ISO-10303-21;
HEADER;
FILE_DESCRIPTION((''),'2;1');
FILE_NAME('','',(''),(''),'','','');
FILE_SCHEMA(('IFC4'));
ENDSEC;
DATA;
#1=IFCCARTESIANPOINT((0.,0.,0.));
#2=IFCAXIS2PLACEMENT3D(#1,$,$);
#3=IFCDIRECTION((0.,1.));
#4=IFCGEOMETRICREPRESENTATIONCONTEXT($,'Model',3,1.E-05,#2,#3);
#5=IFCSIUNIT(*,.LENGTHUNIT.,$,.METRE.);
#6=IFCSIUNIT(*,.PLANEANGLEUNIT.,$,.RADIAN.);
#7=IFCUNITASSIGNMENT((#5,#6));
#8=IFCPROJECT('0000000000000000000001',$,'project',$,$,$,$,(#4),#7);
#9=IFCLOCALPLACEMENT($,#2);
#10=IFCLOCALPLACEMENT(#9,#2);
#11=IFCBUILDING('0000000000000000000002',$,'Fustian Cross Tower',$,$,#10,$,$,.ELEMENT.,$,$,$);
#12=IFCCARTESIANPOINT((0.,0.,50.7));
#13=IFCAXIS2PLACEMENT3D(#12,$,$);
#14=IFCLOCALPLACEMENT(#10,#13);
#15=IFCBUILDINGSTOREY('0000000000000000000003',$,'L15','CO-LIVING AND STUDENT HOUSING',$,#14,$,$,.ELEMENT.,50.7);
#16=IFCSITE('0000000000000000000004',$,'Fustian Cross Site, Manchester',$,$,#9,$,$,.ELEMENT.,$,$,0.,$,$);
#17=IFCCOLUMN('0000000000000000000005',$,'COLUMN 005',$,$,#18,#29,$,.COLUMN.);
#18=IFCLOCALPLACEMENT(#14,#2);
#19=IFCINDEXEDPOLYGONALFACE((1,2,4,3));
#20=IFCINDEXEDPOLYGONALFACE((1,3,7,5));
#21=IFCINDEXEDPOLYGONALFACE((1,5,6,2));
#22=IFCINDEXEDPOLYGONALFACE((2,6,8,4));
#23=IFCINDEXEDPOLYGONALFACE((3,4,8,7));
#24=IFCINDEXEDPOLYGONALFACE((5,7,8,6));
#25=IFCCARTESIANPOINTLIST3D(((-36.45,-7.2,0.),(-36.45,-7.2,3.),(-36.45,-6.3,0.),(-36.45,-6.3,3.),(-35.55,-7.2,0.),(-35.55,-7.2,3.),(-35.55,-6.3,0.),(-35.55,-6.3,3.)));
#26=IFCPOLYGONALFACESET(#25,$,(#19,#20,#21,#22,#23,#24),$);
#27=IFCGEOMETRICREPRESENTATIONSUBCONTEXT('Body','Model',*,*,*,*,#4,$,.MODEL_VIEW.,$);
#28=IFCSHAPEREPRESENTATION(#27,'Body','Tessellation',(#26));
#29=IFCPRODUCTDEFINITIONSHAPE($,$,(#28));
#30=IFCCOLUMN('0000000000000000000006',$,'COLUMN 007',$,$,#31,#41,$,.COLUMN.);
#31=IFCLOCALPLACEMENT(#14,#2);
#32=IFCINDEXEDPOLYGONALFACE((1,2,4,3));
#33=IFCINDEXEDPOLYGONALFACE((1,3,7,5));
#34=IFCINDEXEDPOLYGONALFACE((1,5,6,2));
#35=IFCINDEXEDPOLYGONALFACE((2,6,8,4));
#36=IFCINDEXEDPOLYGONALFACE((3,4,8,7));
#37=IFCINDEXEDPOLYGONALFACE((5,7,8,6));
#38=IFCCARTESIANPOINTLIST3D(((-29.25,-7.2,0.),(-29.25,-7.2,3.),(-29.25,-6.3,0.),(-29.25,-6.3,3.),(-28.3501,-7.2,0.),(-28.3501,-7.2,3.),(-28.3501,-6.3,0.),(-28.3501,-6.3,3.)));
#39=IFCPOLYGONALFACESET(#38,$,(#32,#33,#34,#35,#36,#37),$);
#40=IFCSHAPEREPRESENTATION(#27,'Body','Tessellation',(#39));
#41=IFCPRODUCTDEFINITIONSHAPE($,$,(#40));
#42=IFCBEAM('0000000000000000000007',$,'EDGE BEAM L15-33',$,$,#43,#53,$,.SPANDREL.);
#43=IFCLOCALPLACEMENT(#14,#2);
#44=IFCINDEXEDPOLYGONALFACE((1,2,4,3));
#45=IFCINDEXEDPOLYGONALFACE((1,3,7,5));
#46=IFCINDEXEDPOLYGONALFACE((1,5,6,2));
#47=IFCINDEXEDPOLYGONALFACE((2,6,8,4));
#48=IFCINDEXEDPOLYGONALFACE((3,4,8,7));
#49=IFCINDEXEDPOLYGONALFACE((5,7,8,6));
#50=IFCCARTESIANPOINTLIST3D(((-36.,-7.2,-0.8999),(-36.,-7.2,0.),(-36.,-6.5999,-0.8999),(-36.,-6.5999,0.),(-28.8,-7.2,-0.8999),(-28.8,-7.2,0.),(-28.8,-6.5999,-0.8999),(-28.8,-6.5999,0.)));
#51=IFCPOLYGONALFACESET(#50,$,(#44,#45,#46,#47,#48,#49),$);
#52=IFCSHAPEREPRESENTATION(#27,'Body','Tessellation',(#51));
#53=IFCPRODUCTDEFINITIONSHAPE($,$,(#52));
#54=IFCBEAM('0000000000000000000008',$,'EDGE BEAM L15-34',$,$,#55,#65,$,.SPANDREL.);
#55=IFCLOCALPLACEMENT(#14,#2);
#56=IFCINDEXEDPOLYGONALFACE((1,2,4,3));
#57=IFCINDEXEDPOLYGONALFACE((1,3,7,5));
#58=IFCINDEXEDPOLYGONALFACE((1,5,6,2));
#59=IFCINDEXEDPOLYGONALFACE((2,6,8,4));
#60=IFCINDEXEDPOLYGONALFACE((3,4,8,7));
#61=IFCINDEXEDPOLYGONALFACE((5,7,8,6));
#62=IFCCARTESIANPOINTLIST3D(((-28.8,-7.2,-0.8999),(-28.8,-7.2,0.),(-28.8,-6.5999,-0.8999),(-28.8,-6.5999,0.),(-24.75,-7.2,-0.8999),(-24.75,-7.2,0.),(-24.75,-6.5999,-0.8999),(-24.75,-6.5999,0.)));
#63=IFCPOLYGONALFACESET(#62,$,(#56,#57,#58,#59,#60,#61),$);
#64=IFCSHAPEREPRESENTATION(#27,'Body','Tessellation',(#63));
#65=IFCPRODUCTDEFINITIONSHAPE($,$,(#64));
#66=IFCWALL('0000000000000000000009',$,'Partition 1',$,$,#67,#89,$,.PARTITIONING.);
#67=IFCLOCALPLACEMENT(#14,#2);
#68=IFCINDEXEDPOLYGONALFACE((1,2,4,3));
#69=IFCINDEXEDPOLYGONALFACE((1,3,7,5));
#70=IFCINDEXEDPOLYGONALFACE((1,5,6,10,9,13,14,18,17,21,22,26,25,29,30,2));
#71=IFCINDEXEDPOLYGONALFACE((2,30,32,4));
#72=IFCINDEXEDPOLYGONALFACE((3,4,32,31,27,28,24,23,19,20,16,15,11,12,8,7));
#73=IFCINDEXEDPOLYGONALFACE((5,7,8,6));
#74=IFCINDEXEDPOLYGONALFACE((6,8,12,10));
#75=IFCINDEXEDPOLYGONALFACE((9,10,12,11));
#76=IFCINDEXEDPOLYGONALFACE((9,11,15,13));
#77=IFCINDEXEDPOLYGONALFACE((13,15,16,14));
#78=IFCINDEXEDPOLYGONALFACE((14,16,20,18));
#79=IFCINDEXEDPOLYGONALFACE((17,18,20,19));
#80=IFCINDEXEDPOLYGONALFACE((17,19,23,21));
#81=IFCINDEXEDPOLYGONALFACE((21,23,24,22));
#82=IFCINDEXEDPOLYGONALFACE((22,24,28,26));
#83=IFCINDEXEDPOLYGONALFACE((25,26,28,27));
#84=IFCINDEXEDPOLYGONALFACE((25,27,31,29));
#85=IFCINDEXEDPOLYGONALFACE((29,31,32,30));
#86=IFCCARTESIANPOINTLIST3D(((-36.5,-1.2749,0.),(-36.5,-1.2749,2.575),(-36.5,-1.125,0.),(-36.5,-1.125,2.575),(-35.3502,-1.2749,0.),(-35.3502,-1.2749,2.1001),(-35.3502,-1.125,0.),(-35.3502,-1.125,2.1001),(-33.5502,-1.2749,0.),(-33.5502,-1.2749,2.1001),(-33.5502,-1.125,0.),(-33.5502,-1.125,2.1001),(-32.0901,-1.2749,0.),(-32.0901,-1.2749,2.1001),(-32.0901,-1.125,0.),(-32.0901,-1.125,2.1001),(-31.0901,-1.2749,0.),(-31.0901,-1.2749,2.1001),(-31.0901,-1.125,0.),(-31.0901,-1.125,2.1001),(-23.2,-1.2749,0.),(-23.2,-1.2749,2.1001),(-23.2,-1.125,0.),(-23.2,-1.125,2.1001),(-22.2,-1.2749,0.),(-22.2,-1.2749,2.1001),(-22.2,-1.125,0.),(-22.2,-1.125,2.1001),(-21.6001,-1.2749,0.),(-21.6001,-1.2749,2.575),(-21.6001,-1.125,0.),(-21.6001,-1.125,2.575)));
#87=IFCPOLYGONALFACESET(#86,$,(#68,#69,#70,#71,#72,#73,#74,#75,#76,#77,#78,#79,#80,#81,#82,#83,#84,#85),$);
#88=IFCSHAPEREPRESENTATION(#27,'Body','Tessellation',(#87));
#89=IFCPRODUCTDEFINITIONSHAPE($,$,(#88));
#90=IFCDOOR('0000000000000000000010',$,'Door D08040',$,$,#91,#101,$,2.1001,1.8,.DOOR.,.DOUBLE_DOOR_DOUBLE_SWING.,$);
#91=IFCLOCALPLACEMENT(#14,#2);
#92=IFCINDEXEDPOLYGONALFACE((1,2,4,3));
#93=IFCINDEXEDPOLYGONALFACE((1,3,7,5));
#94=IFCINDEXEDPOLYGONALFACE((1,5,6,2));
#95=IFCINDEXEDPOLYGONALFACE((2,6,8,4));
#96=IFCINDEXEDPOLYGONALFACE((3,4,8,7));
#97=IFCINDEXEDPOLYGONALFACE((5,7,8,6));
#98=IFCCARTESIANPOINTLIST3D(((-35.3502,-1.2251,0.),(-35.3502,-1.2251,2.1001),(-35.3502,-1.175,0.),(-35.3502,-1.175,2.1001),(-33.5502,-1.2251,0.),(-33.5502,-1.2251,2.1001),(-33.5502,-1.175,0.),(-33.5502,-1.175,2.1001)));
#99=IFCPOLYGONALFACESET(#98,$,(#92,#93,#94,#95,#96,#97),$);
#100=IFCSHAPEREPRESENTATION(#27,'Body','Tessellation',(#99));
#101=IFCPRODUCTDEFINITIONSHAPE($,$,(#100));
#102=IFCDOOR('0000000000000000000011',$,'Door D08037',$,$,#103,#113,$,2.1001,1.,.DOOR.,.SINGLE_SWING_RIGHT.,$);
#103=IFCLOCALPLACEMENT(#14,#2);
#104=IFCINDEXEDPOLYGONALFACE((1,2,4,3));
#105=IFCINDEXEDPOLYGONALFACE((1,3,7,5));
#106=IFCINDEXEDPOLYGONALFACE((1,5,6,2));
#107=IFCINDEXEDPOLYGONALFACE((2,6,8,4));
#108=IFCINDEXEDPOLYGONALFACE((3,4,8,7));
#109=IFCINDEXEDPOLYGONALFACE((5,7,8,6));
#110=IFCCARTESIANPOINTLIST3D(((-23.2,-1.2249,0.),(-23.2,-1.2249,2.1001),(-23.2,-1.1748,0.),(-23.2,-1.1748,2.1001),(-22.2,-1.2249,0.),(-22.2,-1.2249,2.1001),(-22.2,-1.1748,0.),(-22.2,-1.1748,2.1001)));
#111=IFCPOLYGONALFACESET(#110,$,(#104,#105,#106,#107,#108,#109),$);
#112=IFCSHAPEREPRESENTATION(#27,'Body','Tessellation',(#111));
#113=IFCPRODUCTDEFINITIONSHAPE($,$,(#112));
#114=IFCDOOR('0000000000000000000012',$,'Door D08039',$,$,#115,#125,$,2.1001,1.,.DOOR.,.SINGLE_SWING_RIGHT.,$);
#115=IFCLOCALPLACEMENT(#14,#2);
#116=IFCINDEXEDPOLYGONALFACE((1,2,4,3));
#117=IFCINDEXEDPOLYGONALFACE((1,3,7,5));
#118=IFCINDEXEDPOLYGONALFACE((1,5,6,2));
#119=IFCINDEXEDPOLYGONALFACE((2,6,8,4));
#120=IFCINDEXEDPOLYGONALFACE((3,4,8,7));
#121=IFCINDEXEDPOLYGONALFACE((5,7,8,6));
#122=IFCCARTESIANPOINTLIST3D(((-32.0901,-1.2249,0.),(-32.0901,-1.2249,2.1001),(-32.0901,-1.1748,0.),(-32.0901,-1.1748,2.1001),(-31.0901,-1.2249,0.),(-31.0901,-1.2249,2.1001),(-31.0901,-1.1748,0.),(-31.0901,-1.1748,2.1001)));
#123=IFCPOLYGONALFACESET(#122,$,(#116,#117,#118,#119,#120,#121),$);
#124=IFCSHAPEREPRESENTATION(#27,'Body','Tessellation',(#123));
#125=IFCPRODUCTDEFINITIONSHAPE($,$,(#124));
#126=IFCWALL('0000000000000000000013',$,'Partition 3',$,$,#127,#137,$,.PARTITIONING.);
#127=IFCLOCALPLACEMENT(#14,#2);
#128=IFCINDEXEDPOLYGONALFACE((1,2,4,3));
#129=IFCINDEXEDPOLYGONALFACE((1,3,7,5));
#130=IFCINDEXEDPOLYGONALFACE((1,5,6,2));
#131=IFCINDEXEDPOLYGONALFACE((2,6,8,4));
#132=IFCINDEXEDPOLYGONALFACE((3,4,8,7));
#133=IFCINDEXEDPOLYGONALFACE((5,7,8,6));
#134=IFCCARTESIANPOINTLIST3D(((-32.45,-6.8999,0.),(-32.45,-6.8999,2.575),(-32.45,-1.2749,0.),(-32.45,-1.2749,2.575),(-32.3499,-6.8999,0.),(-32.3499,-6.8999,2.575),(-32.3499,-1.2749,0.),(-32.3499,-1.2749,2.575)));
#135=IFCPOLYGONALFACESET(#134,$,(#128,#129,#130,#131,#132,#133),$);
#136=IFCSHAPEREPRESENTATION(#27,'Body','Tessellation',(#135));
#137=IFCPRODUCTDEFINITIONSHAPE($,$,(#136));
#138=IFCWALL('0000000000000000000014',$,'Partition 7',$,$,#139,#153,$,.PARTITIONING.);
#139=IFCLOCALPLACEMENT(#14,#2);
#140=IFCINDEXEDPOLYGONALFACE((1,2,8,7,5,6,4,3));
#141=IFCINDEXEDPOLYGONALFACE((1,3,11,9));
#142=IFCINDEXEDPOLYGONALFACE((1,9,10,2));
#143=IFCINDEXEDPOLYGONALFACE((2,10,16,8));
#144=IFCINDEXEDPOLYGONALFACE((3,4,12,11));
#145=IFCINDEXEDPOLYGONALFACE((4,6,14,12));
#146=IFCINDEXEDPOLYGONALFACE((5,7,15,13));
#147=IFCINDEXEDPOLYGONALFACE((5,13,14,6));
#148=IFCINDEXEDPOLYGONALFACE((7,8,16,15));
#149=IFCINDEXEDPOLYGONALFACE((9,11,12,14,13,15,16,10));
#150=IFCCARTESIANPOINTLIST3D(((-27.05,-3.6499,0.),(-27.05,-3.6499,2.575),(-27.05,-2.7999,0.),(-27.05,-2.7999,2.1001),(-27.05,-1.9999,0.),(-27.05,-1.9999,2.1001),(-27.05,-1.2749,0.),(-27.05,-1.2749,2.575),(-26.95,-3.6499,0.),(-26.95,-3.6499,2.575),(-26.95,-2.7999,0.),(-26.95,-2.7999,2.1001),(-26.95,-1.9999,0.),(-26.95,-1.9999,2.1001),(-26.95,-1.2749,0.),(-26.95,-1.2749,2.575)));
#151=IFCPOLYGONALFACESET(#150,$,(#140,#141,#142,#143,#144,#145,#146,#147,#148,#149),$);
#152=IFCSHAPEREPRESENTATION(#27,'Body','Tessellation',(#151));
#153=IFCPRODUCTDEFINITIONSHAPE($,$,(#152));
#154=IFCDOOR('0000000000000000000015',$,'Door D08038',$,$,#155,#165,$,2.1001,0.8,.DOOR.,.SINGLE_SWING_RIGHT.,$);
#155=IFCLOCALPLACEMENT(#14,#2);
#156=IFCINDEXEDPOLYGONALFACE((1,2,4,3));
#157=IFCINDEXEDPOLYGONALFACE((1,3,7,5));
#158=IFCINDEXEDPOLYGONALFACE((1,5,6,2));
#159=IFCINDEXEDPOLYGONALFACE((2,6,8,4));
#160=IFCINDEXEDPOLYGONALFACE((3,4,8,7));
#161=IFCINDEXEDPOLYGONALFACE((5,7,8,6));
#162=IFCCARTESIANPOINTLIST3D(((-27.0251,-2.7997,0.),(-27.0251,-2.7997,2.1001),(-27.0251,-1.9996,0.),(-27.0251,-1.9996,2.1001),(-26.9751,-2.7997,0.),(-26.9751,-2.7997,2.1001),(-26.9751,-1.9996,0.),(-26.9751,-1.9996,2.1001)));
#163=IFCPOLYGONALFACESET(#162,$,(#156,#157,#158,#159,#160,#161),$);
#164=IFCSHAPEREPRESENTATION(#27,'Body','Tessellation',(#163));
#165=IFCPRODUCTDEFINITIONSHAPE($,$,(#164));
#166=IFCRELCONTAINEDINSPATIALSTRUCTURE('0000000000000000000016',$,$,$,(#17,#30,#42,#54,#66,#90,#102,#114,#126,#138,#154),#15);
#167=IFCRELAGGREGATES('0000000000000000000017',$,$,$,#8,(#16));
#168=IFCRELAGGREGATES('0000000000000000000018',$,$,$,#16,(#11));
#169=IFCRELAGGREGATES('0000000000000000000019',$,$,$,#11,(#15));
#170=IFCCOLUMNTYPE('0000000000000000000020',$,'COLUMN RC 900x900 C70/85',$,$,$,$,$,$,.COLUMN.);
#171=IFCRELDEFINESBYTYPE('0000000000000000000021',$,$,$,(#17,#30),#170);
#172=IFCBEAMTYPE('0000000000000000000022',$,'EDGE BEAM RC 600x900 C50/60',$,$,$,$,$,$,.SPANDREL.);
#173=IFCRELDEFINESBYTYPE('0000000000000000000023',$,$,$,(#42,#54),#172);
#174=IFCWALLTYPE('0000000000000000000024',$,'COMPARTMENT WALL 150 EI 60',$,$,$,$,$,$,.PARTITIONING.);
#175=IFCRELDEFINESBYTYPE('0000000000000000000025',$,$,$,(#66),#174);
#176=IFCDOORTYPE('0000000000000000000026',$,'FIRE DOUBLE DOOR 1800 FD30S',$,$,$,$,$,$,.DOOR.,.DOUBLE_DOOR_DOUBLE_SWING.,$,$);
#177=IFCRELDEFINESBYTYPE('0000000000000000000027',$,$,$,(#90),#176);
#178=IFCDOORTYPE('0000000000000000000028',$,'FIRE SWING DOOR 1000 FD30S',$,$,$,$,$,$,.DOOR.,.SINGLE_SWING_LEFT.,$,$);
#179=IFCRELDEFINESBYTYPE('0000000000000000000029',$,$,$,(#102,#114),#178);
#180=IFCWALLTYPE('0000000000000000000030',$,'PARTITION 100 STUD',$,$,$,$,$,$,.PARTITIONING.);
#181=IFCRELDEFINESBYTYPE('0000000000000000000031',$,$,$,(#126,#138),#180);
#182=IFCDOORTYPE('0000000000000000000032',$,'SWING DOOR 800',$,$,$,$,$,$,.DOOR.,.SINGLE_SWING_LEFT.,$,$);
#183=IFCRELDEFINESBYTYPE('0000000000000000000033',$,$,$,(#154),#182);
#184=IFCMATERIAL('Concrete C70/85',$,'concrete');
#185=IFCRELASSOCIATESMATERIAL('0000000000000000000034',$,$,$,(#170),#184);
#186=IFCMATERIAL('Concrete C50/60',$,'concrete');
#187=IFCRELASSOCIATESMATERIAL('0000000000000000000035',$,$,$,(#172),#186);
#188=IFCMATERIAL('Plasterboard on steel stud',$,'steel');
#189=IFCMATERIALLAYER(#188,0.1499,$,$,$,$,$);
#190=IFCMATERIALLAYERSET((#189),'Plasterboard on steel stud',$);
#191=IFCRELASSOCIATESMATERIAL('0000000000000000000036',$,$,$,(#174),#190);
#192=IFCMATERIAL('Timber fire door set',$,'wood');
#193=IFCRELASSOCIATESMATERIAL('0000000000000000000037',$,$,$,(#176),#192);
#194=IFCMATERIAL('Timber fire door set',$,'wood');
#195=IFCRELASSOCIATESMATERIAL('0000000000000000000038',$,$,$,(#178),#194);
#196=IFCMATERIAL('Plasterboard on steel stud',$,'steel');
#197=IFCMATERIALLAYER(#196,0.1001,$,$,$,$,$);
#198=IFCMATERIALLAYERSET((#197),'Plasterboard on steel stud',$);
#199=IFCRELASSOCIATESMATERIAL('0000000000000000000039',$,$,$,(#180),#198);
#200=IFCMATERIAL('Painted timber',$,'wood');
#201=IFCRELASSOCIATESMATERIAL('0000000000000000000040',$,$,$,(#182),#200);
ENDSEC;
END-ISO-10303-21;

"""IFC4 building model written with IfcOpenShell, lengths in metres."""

from ifc_helpers import new_model, si_unit, direction, frame, frame_2d, origin, origin_2d, place, context, subcontext, project, spatial, rectangle, extrude, material, layer, layer_set, material_profile, profile_set, type_object, element, fill, save


model = new_model("IFC4")

# Units and contexts
model_context = context("Model", 3, precision=1e-05, world=origin(), true_north=direction((0.0, 1.0)))
body_context = subcontext(model_context, "Body", "Model", "MODEL_VIEW")
ifc_project = project(units=[si_unit("LENGTHUNIT", "METRE"), si_unit("PLANEANGLEUNIT", "RADIAN")], contexts=[model_context])

# Site, building, storey
site_placement = place(None, origin())
site = spatial("IfcSite", under=ifc_project, at=site_placement, Name="Fustian Cross Site, Manchester", CompositionType="ELEMENT", RefElevation=0.0)
building_placement = place(site_placement, origin())
building = spatial("IfcBuilding", under=site, at=building_placement, Name="Fustian Cross Tower", CompositionType="ELEMENT")
storey_placement = place(building_placement, frame((0.0, 0.0, 50.7)))
storey = spatial("IfcBuildingStorey", under=building, at=storey_placement, Name="L15", Description="CO-LIVING AND STUDENT HOUSING", CompositionType="ELEMENT", Elevation=50.7)

# Columns
ifc_material_1 = material(Name="Concrete C70/85", Category="concrete")
ifc_material_profile_1 = material_profile(ifc_material_1, rectangle(XDim=0.8999, YDim=0.8999, at=origin_2d()), Name="RC 900x900")
ifc_profile_set_1 = profile_set([ifc_material_profile_1], Name="Concrete C70/85")
column_type = type_object("IfcColumnType", Name="COLUMN RC 900x900 C70/85", PredefinedType="COLUMN", material=ifc_profile_set_1)
for number, where, z_axis, x_axis, name in (
    (1, (-36.0, -6.75, 0.0), (0.0, 0.0, 1.0), (1.0, 0.0, 0.0), "COLUMN 005"),
    (2, (-28.8, -6.75, 0.0), (0.0, 0.0, 1.0), (1.0, 0.0, 0.0), "COLUMN 007"),
):
    element("IfcColumn", number, at=place(storey_placement, frame(where, z_axis=z_axis, x_axis=x_axis)), inside=storey, type_object=column_type, Name=name, PredefinedType="COLUMN", context=body_context, shape_type="SweptSolid", body=[
        extrude(rectangle(XDim=0.8999, YDim=0.8999, at=origin_2d()), origin(), (0.0, 0.0, 1.0), 3.0),
    ])

# Beams
ifc_material_2 = material(Name="Concrete C50/60", Category="concrete")
ifc_material_profile_2 = material_profile(ifc_material_2, rectangle(XDim=0.6001, YDim=0.8999, at=origin_2d()), Name="RC 600x900")
ifc_profile_set_2 = profile_set([ifc_material_profile_2], Name="Concrete C50/60")
beam_type = type_object("IfcBeamType", Name="EDGE BEAM RC 600x900 C50/60", PredefinedType="SPANDREL", material=ifc_profile_set_2)
beam_1_placement = place(storey_placement, frame((-36.0, -6.8999, -0.45), z_axis=(1.0, 0.0, 0.0), x_axis=(0.0, 1.0, 0.0)))
element("IfcBeam", 3, at=beam_1_placement, inside=storey, type_object=beam_type, Name="EDGE BEAM L15-33", PredefinedType="SPANDREL", context=body_context, shape_type="SweptSolid", body=[
    extrude(rectangle(XDim=0.6001, YDim=0.8999, at=origin_2d()), origin(), (0.0, 0.0, 1.0), 7.2),
])
beam_2_placement = place(storey_placement, frame((-28.8, -6.8999, -0.45), z_axis=(1.0, 0.0, 0.0), x_axis=(0.0, 1.0, 0.0)))
element("IfcBeam", 4, at=beam_2_placement, inside=storey, type_object=beam_type, Name="EDGE BEAM L15-34", PredefinedType="SPANDREL", context=body_context, shape_type="SweptSolid", body=[
    extrude(rectangle(XDim=0.6001, YDim=0.8999, at=origin_2d()), origin(), (0.0, 0.0, 1.0), 4.05),
])

# Wall, openings, doors
ifc_material_3 = material(Name="Plasterboard on steel stud", Category="steel")
ifc_layer_1 = layer(ifc_material_3, 0.1499)
ifc_layer_set_1 = layer_set([ifc_layer_1], Name="Plasterboard on steel stud")
wall_type_1 = type_object("IfcWallType", Name="COMPARTMENT WALL 150 EI 60", PredefinedType="PARTITIONING", material=ifc_layer_set_1)
wall_1_placement = place(storey_placement, frame((-36.5, -1.2, 0.0), z_axis=(0.0, 0.0, 1.0), x_axis=(1.0, 0.0, 0.0)))
wall_1 = element("IfcWall", 5, at=wall_1_placement, inside=storey, type_object=wall_type_1, Name="Partition 1", PredefinedType="PARTITIONING", context=body_context, shape_type="SweptSolid", body=[
    extrude(rectangle(XDim=14.8999, YDim=0.1499, at=frame_2d((7.45, 0.0))), origin(), (0.0, 0.0, 1.0), 2.575),
])
opening_1_placement = place(wall_1_placement, frame((13.3, 0.0, 0.0)))
opening_1 = element("IfcOpeningElement", 6, at=opening_1_placement, cuts=wall_1, PredefinedType="OPENING", context=body_context, shape_type="SweptSolid", body=[
    extrude(rectangle(XDim=1.0, YDim=2.1001, at=frame_2d((0.5, 1.05))), frame((0.0, 0.085, 0.0), z_axis=(0.0, -1.0, 0.0), x_axis=(1.0, 0.0, 0.0)), (0.0, 0.0, 1.0), 0.1699),
])
opening_2_placement = place(wall_1_placement, frame((4.4099, 0.0, 0.0)))
opening_2 = element("IfcOpeningElement", 7, at=opening_2_placement, cuts=wall_1, PredefinedType="OPENING", context=body_context, shape_type="SweptSolid", body=[
    extrude(rectangle(XDim=1.0, YDim=2.1001, at=frame_2d((0.5, 1.05))), frame((0.0, 0.085, 0.0), z_axis=(0.0, -1.0, 0.0), x_axis=(1.0, 0.0, 0.0)), (0.0, 0.0, 1.0), 0.1699),
])
opening_3_placement = place(wall_1_placement, frame((1.1499, 0.0, 0.0)))
opening_3 = element("IfcOpeningElement", 8, at=opening_3_placement, cuts=wall_1, PredefinedType="OPENING", context=body_context, shape_type="SweptSolid", body=[
    extrude(rectangle(XDim=1.8, YDim=2.1001, at=frame_2d((0.8999, 1.05))), frame((0.0, 0.085, 0.0), z_axis=(0.0, -1.0, 0.0), x_axis=(1.0, 0.0, 0.0)), (0.0, 0.0, 1.0), 0.1699),
])
ifc_material_4 = material(Name="Timber fire door set", Category="wood")
door_type_1 = type_object("IfcDoorType", Name="FIRE DOUBLE DOOR 1800 FD30S", OperationType="DOUBLE_DOOR_DOUBLE_SWING", PredefinedType="DOOR", material=ifc_material_4)
door_1_placement = place(opening_3_placement, origin())
door_1 = element("IfcDoor", 9, at=door_1_placement, inside=storey, type_object=door_type_1, Name="Door D08040", OperationType="DOUBLE_DOOR_DOUBLE_SWING", OverallHeight=2.1001, OverallWidth=1.8, PredefinedType="DOOR", context=body_context, shape_type="SweptSolid", body=[
    extrude(rectangle(XDim=1.8, YDim=2.1001, at=frame_2d((0.8999, 1.05))), frame((0.0, 0.0249, 0.0), z_axis=(0.0, -1.0, 0.0), x_axis=(1.0, 0.0, 0.0)), (0.0, 0.0, 1.0), 0.05),
])
fill(opening_3, door_1)
ifc_material_5 = material(Name="Timber fire door set", Category="wood")
door_type_2 = type_object("IfcDoorType", Name="FIRE SWING DOOR 1000 FD30S", OperationType="SINGLE_SWING_LEFT", PredefinedType="DOOR", material=ifc_material_5)
door_2_placement = place(opening_1_placement, frame((1.0, 0.0, 0.0), z_axis=(0.0, 0.0, 1.0), x_axis=(-1.0, 0.0, 0.0)))
door_2 = element("IfcDoor", 10, at=door_2_placement, inside=storey, type_object=door_type_2, Name="Door D08037", OperationType="SINGLE_SWING_RIGHT", OverallHeight=2.1001, OverallWidth=1.0, PredefinedType="DOOR", context=body_context, shape_type="SweptSolid", body=[
    extrude(rectangle(XDim=1.0, YDim=2.1001, at=frame_2d((0.5, 1.05))), frame((0.0, 0.0249, 0.0), z_axis=(0.0, -1.0, 0.0), x_axis=(1.0, 0.0, 0.0)), (0.0, 0.0, 1.0), 0.05),
])
fill(opening_1, door_2)
door_3_placement = place(opening_2_placement, frame((1.0, 0.0, 0.0), z_axis=(0.0, 0.0, 1.0), x_axis=(-1.0, 0.0, 0.0)))
door_3 = element("IfcDoor", 11, at=door_3_placement, inside=storey, type_object=door_type_2, Name="Door D08039", OperationType="SINGLE_SWING_RIGHT", OverallHeight=2.1001, OverallWidth=1.0, PredefinedType="DOOR", context=body_context, shape_type="SweptSolid", body=[
    extrude(rectangle(XDim=1.0, YDim=2.1001, at=frame_2d((0.5, 1.05))), frame((0.0, 0.0249, 0.0), z_axis=(0.0, -1.0, 0.0), x_axis=(1.0, 0.0, 0.0)), (0.0, 0.0, 1.0), 0.05),
])
fill(opening_2, door_3)

# Wall
ifc_material_6 = material(Name="Plasterboard on steel stud", Category="steel")
ifc_layer_2 = layer(ifc_material_6, 0.1001)
ifc_layer_set_2 = layer_set([ifc_layer_2], Name="Plasterboard on steel stud")
wall_type_2 = type_object("IfcWallType", Name="PARTITION 100 STUD", PredefinedType="PARTITIONING", material=ifc_layer_set_2)
wall_2_placement = place(storey_placement, frame((-32.3999, -6.8999, 0.0), z_axis=(0.0, 0.0, 1.0), x_axis=(0.0, 1.0, 0.0)))
element("IfcWall", 12, at=wall_2_placement, inside=storey, type_object=wall_type_2, Name="Partition 3", PredefinedType="PARTITIONING", context=body_context, shape_type="SweptSolid", body=[
    extrude(rectangle(XDim=5.625, YDim=0.1001, at=frame_2d((2.8125, 0.0))), origin(), (0.0, 0.0, 1.0), 2.575),
])

# Wall, opening, door
wall_3_placement = place(storey_placement, frame((-27.0, -3.6499, 0.0), z_axis=(0.0, 0.0, 1.0), x_axis=(0.0, 1.0, 0.0)))
wall_3 = element("IfcWall", 13, at=wall_3_placement, inside=storey, type_object=wall_type_2, Name="Partition 7", PredefinedType="PARTITIONING", context=body_context, shape_type="SweptSolid", body=[
    extrude(rectangle(XDim=2.375, YDim=0.1001, at=frame_2d((1.1875, 0.0))), origin(), (0.0, 0.0, 1.0), 2.575),
])
opening_4_placement = place(wall_3_placement, frame((0.8501, 0.0, 0.0)))
opening_4 = element("IfcOpeningElement", 14, at=opening_4_placement, cuts=wall_3, PredefinedType="OPENING", context=body_context, shape_type="SweptSolid", body=[
    extrude(rectangle(XDim=0.8, YDim=2.1001, at=frame_2d((0.3999, 1.05))), frame((0.0, 0.0601, 0.0), z_axis=(0.0, -1.0, 0.0), x_axis=(1.0, 0.0, 0.0)), (0.0, 0.0, 1.0), 0.1201),
])
ifc_material_7 = material(Name="Painted timber", Category="wood")
door_type_3 = type_object("IfcDoorType", Name="SWING DOOR 800", OperationType="SINGLE_SWING_LEFT", PredefinedType="DOOR", material=ifc_material_7)
door_4_placement = place(opening_4_placement, frame((0.8, 0.0, 0.0), z_axis=(0.0, 0.0, 1.0), x_axis=(-1.0, 0.0, 0.0)))
door_4 = element("IfcDoor", 15, at=door_4_placement, inside=storey, type_object=door_type_3, Name="Door D08038", OperationType="SINGLE_SWING_RIGHT", OverallHeight=2.1001, OverallWidth=0.8, PredefinedType="DOOR", context=body_context, shape_type="SweptSolid", body=[
    extrude(rectangle(XDim=0.8, YDim=2.1001, at=frame_2d((0.3999, 1.05))), frame((0.0, 0.0249, 0.0), z_axis=(0.0, -1.0, 0.0), x_axis=(1.0, 0.0, 0.0)), (0.0, 0.0, 1.0), 0.05),
])
fill(opening_4, door_4)

save(model, "model.ifc")
